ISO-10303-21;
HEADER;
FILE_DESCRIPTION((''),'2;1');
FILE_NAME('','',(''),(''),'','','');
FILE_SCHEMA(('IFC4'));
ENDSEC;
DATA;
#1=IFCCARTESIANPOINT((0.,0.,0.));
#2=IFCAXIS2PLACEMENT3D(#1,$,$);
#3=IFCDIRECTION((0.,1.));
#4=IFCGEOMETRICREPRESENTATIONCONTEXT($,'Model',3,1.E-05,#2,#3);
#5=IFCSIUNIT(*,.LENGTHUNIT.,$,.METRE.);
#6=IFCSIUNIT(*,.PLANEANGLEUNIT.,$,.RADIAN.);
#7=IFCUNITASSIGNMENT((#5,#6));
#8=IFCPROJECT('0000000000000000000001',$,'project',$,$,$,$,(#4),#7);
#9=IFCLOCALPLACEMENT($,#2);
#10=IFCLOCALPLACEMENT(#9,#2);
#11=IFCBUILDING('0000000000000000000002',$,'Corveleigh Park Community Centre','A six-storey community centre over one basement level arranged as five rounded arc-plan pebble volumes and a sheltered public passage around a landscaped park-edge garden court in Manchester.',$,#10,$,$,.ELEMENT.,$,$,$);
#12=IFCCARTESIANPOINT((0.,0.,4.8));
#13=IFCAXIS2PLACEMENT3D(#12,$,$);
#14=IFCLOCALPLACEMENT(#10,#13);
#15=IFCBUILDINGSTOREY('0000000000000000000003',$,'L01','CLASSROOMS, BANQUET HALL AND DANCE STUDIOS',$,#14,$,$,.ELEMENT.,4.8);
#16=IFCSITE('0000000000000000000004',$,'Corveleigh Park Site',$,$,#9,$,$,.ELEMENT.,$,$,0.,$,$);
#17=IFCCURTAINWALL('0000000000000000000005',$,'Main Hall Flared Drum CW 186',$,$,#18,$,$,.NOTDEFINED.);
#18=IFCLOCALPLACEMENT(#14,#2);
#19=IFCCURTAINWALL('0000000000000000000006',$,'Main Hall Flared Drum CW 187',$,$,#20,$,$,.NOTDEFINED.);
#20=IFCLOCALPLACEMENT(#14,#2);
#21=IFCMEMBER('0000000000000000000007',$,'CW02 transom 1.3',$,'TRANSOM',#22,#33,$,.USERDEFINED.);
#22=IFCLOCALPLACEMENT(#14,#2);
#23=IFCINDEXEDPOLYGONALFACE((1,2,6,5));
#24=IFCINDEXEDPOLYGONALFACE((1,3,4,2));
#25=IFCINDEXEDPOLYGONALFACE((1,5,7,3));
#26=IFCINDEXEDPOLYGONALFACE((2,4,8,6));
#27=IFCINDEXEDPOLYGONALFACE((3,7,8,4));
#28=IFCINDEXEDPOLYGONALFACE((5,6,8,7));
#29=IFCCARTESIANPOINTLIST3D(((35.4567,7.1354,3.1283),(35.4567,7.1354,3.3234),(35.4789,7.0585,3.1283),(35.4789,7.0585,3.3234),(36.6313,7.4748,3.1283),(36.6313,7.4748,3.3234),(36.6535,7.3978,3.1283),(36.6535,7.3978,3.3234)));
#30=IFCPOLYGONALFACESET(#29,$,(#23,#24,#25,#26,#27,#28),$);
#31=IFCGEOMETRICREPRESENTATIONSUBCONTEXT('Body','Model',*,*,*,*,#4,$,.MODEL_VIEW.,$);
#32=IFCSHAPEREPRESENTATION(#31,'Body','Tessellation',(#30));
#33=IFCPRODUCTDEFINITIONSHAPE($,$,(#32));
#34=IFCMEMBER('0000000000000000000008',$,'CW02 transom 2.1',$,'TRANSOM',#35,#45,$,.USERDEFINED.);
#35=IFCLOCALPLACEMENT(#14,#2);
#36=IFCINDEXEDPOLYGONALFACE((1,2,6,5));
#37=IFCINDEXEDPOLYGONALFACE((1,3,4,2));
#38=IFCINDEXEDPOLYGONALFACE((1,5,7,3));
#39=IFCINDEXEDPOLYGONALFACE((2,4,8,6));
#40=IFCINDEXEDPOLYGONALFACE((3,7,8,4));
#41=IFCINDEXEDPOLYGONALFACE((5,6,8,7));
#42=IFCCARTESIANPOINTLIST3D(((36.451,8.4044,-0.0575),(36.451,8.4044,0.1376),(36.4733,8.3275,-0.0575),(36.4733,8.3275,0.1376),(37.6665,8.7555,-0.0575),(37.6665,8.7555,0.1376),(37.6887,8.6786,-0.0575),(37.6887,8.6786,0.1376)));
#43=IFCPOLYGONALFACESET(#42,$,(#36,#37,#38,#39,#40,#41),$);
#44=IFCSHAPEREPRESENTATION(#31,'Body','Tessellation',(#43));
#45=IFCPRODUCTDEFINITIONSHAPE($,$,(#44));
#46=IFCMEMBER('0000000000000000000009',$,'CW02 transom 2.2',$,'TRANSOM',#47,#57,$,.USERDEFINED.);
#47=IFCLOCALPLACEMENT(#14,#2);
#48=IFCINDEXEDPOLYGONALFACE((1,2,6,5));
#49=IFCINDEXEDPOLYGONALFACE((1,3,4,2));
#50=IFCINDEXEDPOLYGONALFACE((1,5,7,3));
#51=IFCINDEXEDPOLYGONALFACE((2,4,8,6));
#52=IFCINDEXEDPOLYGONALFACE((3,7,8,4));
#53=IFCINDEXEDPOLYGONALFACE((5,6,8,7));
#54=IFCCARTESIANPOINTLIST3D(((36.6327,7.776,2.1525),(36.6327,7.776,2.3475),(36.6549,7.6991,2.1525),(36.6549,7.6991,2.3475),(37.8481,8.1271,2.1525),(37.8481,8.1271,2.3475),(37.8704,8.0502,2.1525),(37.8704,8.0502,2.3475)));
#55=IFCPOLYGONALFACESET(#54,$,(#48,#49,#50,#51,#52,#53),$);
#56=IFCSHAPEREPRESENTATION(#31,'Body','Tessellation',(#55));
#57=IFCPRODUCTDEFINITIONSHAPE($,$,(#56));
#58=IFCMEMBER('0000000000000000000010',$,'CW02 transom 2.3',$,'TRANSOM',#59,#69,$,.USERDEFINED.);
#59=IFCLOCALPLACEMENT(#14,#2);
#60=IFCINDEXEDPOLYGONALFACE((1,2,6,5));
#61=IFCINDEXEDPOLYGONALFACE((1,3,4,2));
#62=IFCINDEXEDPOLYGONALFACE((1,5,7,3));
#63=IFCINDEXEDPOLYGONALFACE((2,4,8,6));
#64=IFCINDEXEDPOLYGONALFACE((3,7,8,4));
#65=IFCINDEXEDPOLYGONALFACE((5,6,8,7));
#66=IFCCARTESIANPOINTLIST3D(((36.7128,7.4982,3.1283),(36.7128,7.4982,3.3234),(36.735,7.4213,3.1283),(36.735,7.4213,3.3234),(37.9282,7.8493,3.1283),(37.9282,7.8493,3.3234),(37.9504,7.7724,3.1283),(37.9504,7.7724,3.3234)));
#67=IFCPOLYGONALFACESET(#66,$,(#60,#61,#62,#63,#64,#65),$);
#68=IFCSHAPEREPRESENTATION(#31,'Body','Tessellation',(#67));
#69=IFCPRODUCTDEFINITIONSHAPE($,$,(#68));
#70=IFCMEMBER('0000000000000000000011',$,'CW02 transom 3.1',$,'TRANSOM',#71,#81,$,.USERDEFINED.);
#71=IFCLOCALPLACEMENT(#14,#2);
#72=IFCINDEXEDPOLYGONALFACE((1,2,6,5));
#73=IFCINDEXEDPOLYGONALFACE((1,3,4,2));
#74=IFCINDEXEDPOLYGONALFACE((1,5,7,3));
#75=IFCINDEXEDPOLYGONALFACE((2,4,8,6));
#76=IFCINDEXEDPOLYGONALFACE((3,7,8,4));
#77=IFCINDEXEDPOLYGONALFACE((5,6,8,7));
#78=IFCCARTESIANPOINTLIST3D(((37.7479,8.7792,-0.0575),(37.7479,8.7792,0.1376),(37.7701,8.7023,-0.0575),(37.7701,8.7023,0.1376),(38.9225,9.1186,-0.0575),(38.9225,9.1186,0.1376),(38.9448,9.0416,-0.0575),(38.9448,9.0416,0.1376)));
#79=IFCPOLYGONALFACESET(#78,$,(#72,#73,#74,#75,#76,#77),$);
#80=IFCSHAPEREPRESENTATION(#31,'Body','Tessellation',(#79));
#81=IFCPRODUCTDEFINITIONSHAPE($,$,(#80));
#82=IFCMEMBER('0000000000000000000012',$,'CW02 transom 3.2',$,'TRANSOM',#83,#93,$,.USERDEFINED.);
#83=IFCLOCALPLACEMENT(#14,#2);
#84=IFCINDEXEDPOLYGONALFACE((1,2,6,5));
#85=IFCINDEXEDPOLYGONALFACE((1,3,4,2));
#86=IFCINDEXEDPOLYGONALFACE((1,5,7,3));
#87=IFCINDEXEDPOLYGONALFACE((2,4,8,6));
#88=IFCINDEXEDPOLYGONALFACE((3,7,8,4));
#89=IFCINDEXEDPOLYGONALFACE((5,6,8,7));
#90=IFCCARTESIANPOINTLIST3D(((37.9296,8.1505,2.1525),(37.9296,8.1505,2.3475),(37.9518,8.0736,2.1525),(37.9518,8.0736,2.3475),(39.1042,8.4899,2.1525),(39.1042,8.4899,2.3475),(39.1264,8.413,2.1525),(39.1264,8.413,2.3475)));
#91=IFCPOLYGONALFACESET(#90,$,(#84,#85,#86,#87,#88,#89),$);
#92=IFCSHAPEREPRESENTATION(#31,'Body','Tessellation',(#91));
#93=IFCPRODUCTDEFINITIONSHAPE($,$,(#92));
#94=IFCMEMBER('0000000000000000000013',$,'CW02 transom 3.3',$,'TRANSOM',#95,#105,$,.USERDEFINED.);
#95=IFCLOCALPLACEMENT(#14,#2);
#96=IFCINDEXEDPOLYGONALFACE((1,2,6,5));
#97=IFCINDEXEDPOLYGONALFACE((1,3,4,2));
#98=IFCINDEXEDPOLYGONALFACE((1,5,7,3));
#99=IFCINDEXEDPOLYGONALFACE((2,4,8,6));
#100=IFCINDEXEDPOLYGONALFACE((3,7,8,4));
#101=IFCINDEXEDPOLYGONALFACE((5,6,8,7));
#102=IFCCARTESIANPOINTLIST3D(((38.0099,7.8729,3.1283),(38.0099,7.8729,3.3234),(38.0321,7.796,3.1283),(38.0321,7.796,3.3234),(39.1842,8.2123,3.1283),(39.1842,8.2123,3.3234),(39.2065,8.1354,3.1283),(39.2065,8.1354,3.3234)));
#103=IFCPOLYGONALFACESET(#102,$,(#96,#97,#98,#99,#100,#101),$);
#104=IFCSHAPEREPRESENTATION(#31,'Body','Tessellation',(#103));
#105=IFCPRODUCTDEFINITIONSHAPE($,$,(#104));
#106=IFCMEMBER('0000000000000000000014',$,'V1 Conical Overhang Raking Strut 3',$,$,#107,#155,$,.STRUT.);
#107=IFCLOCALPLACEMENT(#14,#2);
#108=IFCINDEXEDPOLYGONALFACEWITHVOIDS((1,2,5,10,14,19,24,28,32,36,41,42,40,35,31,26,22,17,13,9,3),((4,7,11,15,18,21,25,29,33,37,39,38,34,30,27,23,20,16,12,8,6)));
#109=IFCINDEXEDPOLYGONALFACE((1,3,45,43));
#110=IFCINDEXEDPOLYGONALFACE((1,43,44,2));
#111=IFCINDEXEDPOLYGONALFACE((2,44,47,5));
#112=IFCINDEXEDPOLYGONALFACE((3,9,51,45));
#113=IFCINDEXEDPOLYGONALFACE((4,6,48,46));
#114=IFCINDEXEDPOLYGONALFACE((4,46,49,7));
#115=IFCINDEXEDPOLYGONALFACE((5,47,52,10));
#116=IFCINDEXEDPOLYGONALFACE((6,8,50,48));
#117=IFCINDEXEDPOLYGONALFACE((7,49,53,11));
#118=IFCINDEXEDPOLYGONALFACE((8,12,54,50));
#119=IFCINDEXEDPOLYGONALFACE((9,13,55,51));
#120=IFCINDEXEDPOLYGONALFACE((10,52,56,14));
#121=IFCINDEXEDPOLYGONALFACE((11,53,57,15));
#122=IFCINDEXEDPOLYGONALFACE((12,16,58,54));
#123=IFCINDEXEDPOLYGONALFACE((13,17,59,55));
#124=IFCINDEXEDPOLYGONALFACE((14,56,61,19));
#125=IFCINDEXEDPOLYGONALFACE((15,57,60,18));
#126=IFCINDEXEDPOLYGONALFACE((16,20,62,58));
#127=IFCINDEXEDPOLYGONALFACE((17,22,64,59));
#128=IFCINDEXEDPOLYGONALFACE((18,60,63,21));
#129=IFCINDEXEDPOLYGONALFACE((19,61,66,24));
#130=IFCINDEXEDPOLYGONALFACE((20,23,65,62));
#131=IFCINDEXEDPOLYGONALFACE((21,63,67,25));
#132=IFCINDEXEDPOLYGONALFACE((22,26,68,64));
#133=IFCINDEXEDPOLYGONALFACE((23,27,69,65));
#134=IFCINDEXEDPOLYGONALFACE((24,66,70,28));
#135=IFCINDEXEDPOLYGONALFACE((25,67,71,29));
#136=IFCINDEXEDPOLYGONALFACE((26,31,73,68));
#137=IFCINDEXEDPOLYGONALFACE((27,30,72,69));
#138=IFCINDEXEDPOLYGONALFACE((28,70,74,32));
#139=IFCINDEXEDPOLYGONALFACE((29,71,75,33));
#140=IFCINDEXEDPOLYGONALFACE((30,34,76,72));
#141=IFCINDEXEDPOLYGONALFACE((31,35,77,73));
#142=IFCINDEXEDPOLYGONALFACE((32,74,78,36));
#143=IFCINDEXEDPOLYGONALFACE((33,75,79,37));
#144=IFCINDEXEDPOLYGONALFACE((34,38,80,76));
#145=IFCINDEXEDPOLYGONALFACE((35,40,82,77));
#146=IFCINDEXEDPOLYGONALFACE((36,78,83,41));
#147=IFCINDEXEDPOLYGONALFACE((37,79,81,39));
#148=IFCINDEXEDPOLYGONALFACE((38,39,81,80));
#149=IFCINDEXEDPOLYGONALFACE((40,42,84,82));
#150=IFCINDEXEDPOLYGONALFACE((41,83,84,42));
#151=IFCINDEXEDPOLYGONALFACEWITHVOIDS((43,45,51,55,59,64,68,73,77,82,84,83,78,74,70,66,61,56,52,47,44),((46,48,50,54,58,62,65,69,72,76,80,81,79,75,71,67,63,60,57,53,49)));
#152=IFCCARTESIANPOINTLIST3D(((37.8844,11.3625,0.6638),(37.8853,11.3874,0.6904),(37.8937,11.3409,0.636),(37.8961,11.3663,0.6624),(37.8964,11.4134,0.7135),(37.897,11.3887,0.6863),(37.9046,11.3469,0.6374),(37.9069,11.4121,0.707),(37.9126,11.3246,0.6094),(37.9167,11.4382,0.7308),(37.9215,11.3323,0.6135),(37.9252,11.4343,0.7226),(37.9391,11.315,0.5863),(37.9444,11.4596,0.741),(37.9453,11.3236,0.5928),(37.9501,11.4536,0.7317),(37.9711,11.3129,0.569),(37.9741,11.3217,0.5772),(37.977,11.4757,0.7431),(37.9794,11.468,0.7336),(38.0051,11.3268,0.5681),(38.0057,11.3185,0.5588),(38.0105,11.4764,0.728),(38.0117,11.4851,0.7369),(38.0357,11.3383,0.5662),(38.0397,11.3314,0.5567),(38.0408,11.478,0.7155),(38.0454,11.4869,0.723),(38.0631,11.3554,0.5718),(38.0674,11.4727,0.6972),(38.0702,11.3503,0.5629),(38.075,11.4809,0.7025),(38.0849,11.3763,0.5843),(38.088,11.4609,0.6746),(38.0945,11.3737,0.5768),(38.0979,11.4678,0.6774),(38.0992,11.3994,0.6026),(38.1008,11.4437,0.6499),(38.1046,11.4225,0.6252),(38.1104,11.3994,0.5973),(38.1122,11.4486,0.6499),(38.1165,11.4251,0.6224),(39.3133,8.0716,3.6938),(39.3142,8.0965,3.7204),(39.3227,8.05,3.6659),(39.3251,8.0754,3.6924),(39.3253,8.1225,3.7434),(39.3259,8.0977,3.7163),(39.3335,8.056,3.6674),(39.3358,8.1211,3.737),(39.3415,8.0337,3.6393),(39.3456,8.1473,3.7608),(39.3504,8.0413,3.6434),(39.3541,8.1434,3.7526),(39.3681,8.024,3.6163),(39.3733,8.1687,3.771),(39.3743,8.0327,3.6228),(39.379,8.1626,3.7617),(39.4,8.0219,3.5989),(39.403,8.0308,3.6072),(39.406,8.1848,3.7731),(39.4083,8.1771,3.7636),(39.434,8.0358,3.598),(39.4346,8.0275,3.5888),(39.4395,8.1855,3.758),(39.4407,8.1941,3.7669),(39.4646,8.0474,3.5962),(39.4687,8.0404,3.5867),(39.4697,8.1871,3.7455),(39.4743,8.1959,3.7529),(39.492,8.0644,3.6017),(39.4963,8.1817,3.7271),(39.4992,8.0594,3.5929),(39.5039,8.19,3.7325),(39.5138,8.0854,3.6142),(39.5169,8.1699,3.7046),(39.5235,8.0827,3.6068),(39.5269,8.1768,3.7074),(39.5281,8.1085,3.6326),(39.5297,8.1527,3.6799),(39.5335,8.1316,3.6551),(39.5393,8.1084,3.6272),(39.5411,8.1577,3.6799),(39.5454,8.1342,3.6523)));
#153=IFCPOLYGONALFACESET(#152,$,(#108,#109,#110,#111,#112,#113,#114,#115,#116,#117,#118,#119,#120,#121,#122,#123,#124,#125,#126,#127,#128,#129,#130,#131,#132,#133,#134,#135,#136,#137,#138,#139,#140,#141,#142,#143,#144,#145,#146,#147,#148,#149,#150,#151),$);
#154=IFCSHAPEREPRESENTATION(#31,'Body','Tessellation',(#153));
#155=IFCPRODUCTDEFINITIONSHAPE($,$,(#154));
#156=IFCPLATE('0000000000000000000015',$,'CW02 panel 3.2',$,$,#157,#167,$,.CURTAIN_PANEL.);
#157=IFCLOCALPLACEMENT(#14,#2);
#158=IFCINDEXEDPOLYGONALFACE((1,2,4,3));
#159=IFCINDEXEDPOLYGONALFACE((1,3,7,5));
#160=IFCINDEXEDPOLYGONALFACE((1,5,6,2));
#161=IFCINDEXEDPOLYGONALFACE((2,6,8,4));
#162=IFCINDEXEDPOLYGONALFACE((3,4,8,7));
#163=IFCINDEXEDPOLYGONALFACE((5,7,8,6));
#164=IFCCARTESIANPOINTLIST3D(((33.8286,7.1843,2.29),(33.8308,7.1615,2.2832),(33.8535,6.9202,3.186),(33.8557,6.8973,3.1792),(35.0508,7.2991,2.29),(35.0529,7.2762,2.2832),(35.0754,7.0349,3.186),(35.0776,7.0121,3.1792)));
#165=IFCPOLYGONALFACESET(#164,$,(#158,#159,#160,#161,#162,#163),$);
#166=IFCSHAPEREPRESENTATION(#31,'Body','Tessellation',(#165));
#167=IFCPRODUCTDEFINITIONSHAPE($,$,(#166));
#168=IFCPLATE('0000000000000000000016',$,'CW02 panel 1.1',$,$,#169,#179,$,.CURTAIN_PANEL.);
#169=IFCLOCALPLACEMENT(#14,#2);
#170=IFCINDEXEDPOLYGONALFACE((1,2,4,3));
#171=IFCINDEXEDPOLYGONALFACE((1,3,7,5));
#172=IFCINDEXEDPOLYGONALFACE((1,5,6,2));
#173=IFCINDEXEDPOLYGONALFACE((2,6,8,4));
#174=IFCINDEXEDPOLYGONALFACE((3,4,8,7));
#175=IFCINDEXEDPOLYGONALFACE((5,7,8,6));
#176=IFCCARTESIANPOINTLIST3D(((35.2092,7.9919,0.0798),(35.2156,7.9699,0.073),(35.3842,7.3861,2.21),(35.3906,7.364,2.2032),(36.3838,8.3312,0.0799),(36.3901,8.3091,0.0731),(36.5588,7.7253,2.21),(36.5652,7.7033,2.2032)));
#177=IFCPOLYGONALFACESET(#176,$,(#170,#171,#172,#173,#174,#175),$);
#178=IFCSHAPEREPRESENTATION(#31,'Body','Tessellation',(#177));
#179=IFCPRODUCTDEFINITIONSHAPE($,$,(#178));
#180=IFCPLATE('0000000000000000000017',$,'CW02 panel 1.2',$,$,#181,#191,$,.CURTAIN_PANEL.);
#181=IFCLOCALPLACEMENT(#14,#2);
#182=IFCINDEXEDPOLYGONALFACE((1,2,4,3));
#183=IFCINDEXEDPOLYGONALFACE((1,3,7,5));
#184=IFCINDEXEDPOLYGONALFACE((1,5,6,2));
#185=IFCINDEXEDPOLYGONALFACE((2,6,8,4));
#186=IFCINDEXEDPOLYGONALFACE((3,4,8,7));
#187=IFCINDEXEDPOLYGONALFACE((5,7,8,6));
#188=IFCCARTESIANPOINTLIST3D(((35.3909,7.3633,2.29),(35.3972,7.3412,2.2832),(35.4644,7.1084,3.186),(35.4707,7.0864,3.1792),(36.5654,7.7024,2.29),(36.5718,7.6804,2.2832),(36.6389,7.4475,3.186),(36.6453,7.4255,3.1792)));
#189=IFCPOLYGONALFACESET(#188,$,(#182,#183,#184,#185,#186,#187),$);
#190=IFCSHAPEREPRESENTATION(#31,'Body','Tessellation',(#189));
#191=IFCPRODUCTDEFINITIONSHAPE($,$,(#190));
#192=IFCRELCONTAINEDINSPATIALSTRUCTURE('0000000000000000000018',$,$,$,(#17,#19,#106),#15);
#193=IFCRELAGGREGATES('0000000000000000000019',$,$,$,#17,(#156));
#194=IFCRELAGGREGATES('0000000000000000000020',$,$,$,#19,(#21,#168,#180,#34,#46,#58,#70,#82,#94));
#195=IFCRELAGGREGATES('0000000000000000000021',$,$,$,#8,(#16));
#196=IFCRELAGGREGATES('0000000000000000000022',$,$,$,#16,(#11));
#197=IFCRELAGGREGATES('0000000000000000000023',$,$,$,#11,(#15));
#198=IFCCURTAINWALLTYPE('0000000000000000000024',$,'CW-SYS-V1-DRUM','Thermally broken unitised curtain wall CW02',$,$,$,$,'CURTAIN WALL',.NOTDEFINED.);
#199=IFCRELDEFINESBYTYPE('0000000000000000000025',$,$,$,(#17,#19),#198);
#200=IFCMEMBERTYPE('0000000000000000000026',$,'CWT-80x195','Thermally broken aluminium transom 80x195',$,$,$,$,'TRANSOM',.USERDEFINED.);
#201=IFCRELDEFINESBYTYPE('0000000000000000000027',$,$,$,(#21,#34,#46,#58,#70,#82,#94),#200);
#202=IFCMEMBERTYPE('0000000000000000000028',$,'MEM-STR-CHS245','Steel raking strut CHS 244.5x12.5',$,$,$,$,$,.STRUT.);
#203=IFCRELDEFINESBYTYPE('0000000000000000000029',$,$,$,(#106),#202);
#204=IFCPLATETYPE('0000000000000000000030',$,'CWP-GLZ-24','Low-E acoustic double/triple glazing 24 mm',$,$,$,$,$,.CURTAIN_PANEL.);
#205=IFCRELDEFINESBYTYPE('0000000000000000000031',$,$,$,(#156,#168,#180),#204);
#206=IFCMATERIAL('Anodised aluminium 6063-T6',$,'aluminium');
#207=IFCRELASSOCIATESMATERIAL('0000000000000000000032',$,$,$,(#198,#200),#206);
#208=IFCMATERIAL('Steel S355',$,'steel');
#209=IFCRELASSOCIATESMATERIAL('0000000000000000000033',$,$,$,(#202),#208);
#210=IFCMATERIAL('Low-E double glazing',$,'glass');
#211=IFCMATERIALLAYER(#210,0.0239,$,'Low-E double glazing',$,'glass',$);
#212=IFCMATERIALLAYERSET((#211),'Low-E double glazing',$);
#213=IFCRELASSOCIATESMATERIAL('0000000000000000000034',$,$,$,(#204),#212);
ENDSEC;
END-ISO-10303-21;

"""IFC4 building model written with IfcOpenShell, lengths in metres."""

from ifc_helpers import new_model, si_unit, direction, frame, origin, origin_2d, place, context, subcontext, project, spatial, polyline, rectangle, hollow_circle, outline, extrude, material, layer, layer_set, material_profile, profile_set, type_object, element, aggregate, save


model = new_model("IFC4")

# Units and contexts
model_context = context("Model", 3, precision=1e-05, world=origin(), true_north=direction((0.0, 1.0)))
body_context = subcontext(model_context, "Body", "Model", "MODEL_VIEW")
ifc_project = project(units=[si_unit("LENGTHUNIT", "METRE"), si_unit("PLANEANGLEUNIT", "RADIAN")], contexts=[model_context])

# Site, building, storey
site_placement = place(None, origin())
site = spatial("IfcSite", under=ifc_project, at=site_placement, Name="Corveleigh Park Site", CompositionType="ELEMENT", RefElevation=0.0)
building_placement = place(site_placement, origin())
building = spatial("IfcBuilding", under=site, at=building_placement, Name="Corveleigh Park Community Centre", Description="A six-storey community centre over one basement level arranged as five rounded arc-plan pebble volumes and a sheltered public passage around a landscaped park-edge garden court in Manchester.", CompositionType="ELEMENT")
storey_placement = place(building_placement, frame((0.0, 0.0, 4.8)))
storey = spatial("IfcBuildingStorey", under=building, at=storey_placement, Name="L01", Description="CLASSROOMS, BANQUET HALL AND DANCE STUDIOS", CompositionType="ELEMENT", Elevation=4.8)

# Shared definitions
ifc_material_1 = material(Name="Steel S355", Category="steel")

# Curtain wall
ifc_material_2 = material(Name="Anodised aluminium 6063-T6", Category="aluminium")
curtain_wall_type = type_object("IfcCurtainWallType", Name="CW-SYS-V1-DRUM", Description="Thermally broken unitised curtain wall CW02", ElementType="CURTAIN WALL", PredefinedType="NOTDEFINED", material=ifc_material_2)
curtain_wall_1_placement = place(storey_placement, origin())
curtain_wall_1 = element("IfcCurtainWall", 1, at=curtain_wall_1_placement, inside=storey, type_object=curtain_wall_type, Name="Main Hall Flared Drum CW 186", PredefinedType="NOTDEFINED")

# Curtain wall
curtain_wall_2_placement = place(storey_placement, origin())
curtain_wall_2 = element("IfcCurtainWall", 2, at=curtain_wall_2_placement, inside=storey, type_object=curtain_wall_type, Name="Main Hall Flared Drum CW 187", PredefinedType="NOTDEFINED")

# Members
ifc_material_profile_1 = material_profile(ifc_material_2, rectangle(XDim=0.0801, YDim=0.1951, at=origin_2d()), Name="ALU-T80x195", Category="aluminium")
ifc_profile_set_1 = profile_set([ifc_material_profile_1], Name="Anodised aluminium 6063-T6")
member_type_1 = type_object("IfcMemberType", Name="CWT-80x195", Description="Thermally broken aluminium transom 80x195", ElementType="TRANSOM", PredefinedType="USERDEFINED", material=ifc_profile_set_1)
member_1_placement = place(storey_placement, frame((35.4678, 7.0969, 3.2258), z_axis=(0.960706, 0.277568, 0.0), x_axis=(-0.277568, 0.960706, 0.0)))
member_1 = element("IfcMember", 3, at=member_1_placement, type_object=member_type_1, Name="CW02 transom 1.3", ObjectType="TRANSOM", PredefinedType="USERDEFINED", context=body_context, shape_type="SweptSolid", body=[
    extrude(rectangle(XDim=0.0801, YDim=0.1951, at=origin_2d()), origin(), (0.0, 0.0, 1.0), 1.2227),
])
member_2_placement = place(storey_placement, frame((36.4622, 8.366, 0.04), z_axis=(0.960719, 0.277524, 0.0), x_axis=(-0.277524, 0.960719, 0.0)))
member_2 = element("IfcMember", 4, at=member_2_placement, type_object=member_type_1, Name="CW02 transom 2.1", ObjectType="TRANSOM", PredefinedType="USERDEFINED", context=body_context, shape_type="SweptSolid", body=[
    extrude(rectangle(XDim=0.0801, YDim=0.1951, at=origin_2d()), origin(), (0.0, 0.0, 1.0), 1.2651),
])
member_3_placement = place(storey_placement, frame((36.6438, 7.7375, 2.25), z_axis=(0.960719, 0.277524, 0.0), x_axis=(-0.277524, 0.960719, 0.0)))
member_3 = element("IfcMember", 5, at=member_3_placement, type_object=member_type_1, Name="CW02 transom 2.2", ObjectType="TRANSOM", PredefinedType="USERDEFINED", context=body_context, shape_type="SweptSolid", body=[
    extrude(rectangle(XDim=0.0801, YDim=0.1951, at=origin_2d()), origin(), (0.0, 0.0, 1.0), 1.2651),
])
member_4_placement = place(storey_placement, frame((36.7239, 7.4597, 3.2258), z_axis=(0.960719, 0.277524, 0.0), x_axis=(-0.277524, 0.960719, 0.0)))
member_4 = element("IfcMember", 6, at=member_4_placement, type_object=member_type_1, Name="CW02 transom 2.3", ObjectType="TRANSOM", PredefinedType="USERDEFINED", context=body_context, shape_type="SweptSolid", body=[
    extrude(rectangle(XDim=0.0801, YDim=0.1951, at=origin_2d()), origin(), (0.0, 0.0, 1.0), 1.2651),
])
member_5_placement = place(storey_placement, frame((37.759, 8.7407, 0.04), z_axis=(0.960706, 0.277568, 0.0), x_axis=(-0.277568, 0.960706, 0.0)))
member_5 = element("IfcMember", 7, at=member_5_placement, type_object=member_type_1, Name="CW02 transom 3.1", ObjectType="TRANSOM", PredefinedType="USERDEFINED", context=body_context, shape_type="SweptSolid", body=[
    extrude(rectangle(XDim=0.0801, YDim=0.1951, at=origin_2d()), origin(), (0.0, 0.0, 1.0), 1.2227),
])
member_6_placement = place(storey_placement, frame((37.9407, 8.1121, 2.25), z_axis=(0.960706, 0.277568, 0.0), x_axis=(-0.277568, 0.960706, 0.0)))
member_6 = element("IfcMember", 8, at=member_6_placement, type_object=member_type_1, Name="CW02 transom 3.2", ObjectType="TRANSOM", PredefinedType="USERDEFINED", context=body_context, shape_type="SweptSolid", body=[
    extrude(rectangle(XDim=0.0801, YDim=0.1951, at=origin_2d()), origin(), (0.0, 0.0, 1.0), 1.2227),
])
member_7_placement = place(storey_placement, frame((38.021, 7.8345, 3.2258), z_axis=(0.960691, 0.277622, 0.0), x_axis=(-0.277622, 0.960691, 0.0)))
member_7 = element("IfcMember", 9, at=member_7_placement, type_object=member_type_1, Name="CW02 transom 3.3", ObjectType="TRANSOM", PredefinedType="USERDEFINED", context=body_context, shape_type="SweptSolid", body=[
    extrude(rectangle(XDim=0.0801, YDim=0.1951, at=origin_2d()), origin(), (0.0, 0.0, 1.0), 1.2224),
])
ifc_material_profile_2 = material_profile(ifc_material_1, hollow_circle(Radius=0.1223, WallThickness=0.0125, at=origin_2d()), Name="CHS 244.5x12.5", Category="steel")
ifc_profile_set_2 = profile_set([ifc_material_profile_2], Name="Steel S355")
member_type_2 = type_object("IfcMemberType", Name="MEM-STR-CHS245", Description="Steel raking strut CHS 244.5x12.5", PredefinedType="STRUT", material=ifc_profile_set_2)
member_8_placement = place(storey_placement, frame((38.0, 11.3999, 0.6499), z_axis=(0.304283, -0.700791, 0.645216), x_axis=(0.917266, 0.398276, 0.0)))
element("IfcMember", 10, at=member_8_placement, inside=storey, type_object=member_type_2, Name="V1 Conical Overhang Raking Strut 3", PredefinedType="STRUT", context=body_context, shape_type="SweptSolid", body=[
    extrude(hollow_circle(Radius=0.1223, WallThickness=0.0125, at=origin_2d()), origin(), (0.0, 0.0, 1.0), 4.696),
])

# Plates
ifc_material_3 = material(Name="Low-E double glazing", Category="glass")
ifc_layer_1 = layer(ifc_material_3, 0.0239, Name="Low-E double glazing", Category="glass")
ifc_layer_set_1 = layer_set([ifc_layer_1], Name="Low-E double glazing")
plate_type_1 = type_object("IfcPlateType", Name="CWP-GLZ-24", Description="Low-E acoustic double/triple glazing 24 mm", PredefinedType="CURTAIN_PANEL", material=ifc_layer_set_1)
plate_1_placement = place(storey_placement, frame((33.8286, 7.1843, 2.29), z_axis=(-0.089638, 0.954646, 0.283931), x_axis=(0.995621, 0.093485, 0.000003)))
plate_1 = element("IfcPlate", 11, at=plate_1_placement, type_object=plate_type_1, Name="CW02 panel 3.2", PredefinedType="CURTAIN_PANEL", context=body_context, shape_type="SweptSolid", body=[
    extrude(outline(polyline([(0.0, 0.0), (1.2275, 0.0), (1.2274, -0.9345), (0.0001, -0.9345), (0.0, 0.0)])), origin(), (0.0, 0.0, -1.0), 0.0239),
])
aggregate(curtain_wall_1, [plate_1])
plate_2_placement = place(storey_placement, frame((35.2092, 7.9919, 0.0798), z_axis=(-0.266062, 0.921211, 0.283868), x_axis=(0.960735, 0.277469, 0.000026)))
plate_2 = element("IfcPlate", 12, at=plate_2_placement, type_object=plate_type_1, Name="CW02 panel 1.1", PredefinedType="CURTAIN_PANEL", context=body_context, shape_type="SweptSolid", body=[
    extrude(outline(polyline([(0.0, 0.0), (1.2225, 0.0), (1.2227, -2.2215), (0.0001, -2.2215), (0.0, 0.0)])), origin(), (0.0, 0.0, -1.0), 0.0239),
])
plate_3_placement = place(storey_placement, frame((35.3909, 7.3633, 2.29), z_axis=(-0.265973, 0.921234, 0.283876), x_axis=(0.960759, 0.277384, 0.0)))
plate_3 = element("IfcPlate", 13, at=plate_3_placement, type_object=plate_type_1, Name="CW02 panel 1.2", PredefinedType="CURTAIN_PANEL", context=body_context, shape_type="SweptSolid", body=[
    extrude(outline(polyline([(0.0, 0.0), (1.2225, 0.0), (1.2224, -0.9344), (-0.0001, -0.9344), (0.0, 0.0)])), origin(), (0.0, 0.0, -1.0), 0.0239),
])
aggregate(curtain_wall_2, [member_1, plate_2, plate_3, member_2, member_3, member_4, member_5, member_6, member_7])

save(model, "model.ifc")
